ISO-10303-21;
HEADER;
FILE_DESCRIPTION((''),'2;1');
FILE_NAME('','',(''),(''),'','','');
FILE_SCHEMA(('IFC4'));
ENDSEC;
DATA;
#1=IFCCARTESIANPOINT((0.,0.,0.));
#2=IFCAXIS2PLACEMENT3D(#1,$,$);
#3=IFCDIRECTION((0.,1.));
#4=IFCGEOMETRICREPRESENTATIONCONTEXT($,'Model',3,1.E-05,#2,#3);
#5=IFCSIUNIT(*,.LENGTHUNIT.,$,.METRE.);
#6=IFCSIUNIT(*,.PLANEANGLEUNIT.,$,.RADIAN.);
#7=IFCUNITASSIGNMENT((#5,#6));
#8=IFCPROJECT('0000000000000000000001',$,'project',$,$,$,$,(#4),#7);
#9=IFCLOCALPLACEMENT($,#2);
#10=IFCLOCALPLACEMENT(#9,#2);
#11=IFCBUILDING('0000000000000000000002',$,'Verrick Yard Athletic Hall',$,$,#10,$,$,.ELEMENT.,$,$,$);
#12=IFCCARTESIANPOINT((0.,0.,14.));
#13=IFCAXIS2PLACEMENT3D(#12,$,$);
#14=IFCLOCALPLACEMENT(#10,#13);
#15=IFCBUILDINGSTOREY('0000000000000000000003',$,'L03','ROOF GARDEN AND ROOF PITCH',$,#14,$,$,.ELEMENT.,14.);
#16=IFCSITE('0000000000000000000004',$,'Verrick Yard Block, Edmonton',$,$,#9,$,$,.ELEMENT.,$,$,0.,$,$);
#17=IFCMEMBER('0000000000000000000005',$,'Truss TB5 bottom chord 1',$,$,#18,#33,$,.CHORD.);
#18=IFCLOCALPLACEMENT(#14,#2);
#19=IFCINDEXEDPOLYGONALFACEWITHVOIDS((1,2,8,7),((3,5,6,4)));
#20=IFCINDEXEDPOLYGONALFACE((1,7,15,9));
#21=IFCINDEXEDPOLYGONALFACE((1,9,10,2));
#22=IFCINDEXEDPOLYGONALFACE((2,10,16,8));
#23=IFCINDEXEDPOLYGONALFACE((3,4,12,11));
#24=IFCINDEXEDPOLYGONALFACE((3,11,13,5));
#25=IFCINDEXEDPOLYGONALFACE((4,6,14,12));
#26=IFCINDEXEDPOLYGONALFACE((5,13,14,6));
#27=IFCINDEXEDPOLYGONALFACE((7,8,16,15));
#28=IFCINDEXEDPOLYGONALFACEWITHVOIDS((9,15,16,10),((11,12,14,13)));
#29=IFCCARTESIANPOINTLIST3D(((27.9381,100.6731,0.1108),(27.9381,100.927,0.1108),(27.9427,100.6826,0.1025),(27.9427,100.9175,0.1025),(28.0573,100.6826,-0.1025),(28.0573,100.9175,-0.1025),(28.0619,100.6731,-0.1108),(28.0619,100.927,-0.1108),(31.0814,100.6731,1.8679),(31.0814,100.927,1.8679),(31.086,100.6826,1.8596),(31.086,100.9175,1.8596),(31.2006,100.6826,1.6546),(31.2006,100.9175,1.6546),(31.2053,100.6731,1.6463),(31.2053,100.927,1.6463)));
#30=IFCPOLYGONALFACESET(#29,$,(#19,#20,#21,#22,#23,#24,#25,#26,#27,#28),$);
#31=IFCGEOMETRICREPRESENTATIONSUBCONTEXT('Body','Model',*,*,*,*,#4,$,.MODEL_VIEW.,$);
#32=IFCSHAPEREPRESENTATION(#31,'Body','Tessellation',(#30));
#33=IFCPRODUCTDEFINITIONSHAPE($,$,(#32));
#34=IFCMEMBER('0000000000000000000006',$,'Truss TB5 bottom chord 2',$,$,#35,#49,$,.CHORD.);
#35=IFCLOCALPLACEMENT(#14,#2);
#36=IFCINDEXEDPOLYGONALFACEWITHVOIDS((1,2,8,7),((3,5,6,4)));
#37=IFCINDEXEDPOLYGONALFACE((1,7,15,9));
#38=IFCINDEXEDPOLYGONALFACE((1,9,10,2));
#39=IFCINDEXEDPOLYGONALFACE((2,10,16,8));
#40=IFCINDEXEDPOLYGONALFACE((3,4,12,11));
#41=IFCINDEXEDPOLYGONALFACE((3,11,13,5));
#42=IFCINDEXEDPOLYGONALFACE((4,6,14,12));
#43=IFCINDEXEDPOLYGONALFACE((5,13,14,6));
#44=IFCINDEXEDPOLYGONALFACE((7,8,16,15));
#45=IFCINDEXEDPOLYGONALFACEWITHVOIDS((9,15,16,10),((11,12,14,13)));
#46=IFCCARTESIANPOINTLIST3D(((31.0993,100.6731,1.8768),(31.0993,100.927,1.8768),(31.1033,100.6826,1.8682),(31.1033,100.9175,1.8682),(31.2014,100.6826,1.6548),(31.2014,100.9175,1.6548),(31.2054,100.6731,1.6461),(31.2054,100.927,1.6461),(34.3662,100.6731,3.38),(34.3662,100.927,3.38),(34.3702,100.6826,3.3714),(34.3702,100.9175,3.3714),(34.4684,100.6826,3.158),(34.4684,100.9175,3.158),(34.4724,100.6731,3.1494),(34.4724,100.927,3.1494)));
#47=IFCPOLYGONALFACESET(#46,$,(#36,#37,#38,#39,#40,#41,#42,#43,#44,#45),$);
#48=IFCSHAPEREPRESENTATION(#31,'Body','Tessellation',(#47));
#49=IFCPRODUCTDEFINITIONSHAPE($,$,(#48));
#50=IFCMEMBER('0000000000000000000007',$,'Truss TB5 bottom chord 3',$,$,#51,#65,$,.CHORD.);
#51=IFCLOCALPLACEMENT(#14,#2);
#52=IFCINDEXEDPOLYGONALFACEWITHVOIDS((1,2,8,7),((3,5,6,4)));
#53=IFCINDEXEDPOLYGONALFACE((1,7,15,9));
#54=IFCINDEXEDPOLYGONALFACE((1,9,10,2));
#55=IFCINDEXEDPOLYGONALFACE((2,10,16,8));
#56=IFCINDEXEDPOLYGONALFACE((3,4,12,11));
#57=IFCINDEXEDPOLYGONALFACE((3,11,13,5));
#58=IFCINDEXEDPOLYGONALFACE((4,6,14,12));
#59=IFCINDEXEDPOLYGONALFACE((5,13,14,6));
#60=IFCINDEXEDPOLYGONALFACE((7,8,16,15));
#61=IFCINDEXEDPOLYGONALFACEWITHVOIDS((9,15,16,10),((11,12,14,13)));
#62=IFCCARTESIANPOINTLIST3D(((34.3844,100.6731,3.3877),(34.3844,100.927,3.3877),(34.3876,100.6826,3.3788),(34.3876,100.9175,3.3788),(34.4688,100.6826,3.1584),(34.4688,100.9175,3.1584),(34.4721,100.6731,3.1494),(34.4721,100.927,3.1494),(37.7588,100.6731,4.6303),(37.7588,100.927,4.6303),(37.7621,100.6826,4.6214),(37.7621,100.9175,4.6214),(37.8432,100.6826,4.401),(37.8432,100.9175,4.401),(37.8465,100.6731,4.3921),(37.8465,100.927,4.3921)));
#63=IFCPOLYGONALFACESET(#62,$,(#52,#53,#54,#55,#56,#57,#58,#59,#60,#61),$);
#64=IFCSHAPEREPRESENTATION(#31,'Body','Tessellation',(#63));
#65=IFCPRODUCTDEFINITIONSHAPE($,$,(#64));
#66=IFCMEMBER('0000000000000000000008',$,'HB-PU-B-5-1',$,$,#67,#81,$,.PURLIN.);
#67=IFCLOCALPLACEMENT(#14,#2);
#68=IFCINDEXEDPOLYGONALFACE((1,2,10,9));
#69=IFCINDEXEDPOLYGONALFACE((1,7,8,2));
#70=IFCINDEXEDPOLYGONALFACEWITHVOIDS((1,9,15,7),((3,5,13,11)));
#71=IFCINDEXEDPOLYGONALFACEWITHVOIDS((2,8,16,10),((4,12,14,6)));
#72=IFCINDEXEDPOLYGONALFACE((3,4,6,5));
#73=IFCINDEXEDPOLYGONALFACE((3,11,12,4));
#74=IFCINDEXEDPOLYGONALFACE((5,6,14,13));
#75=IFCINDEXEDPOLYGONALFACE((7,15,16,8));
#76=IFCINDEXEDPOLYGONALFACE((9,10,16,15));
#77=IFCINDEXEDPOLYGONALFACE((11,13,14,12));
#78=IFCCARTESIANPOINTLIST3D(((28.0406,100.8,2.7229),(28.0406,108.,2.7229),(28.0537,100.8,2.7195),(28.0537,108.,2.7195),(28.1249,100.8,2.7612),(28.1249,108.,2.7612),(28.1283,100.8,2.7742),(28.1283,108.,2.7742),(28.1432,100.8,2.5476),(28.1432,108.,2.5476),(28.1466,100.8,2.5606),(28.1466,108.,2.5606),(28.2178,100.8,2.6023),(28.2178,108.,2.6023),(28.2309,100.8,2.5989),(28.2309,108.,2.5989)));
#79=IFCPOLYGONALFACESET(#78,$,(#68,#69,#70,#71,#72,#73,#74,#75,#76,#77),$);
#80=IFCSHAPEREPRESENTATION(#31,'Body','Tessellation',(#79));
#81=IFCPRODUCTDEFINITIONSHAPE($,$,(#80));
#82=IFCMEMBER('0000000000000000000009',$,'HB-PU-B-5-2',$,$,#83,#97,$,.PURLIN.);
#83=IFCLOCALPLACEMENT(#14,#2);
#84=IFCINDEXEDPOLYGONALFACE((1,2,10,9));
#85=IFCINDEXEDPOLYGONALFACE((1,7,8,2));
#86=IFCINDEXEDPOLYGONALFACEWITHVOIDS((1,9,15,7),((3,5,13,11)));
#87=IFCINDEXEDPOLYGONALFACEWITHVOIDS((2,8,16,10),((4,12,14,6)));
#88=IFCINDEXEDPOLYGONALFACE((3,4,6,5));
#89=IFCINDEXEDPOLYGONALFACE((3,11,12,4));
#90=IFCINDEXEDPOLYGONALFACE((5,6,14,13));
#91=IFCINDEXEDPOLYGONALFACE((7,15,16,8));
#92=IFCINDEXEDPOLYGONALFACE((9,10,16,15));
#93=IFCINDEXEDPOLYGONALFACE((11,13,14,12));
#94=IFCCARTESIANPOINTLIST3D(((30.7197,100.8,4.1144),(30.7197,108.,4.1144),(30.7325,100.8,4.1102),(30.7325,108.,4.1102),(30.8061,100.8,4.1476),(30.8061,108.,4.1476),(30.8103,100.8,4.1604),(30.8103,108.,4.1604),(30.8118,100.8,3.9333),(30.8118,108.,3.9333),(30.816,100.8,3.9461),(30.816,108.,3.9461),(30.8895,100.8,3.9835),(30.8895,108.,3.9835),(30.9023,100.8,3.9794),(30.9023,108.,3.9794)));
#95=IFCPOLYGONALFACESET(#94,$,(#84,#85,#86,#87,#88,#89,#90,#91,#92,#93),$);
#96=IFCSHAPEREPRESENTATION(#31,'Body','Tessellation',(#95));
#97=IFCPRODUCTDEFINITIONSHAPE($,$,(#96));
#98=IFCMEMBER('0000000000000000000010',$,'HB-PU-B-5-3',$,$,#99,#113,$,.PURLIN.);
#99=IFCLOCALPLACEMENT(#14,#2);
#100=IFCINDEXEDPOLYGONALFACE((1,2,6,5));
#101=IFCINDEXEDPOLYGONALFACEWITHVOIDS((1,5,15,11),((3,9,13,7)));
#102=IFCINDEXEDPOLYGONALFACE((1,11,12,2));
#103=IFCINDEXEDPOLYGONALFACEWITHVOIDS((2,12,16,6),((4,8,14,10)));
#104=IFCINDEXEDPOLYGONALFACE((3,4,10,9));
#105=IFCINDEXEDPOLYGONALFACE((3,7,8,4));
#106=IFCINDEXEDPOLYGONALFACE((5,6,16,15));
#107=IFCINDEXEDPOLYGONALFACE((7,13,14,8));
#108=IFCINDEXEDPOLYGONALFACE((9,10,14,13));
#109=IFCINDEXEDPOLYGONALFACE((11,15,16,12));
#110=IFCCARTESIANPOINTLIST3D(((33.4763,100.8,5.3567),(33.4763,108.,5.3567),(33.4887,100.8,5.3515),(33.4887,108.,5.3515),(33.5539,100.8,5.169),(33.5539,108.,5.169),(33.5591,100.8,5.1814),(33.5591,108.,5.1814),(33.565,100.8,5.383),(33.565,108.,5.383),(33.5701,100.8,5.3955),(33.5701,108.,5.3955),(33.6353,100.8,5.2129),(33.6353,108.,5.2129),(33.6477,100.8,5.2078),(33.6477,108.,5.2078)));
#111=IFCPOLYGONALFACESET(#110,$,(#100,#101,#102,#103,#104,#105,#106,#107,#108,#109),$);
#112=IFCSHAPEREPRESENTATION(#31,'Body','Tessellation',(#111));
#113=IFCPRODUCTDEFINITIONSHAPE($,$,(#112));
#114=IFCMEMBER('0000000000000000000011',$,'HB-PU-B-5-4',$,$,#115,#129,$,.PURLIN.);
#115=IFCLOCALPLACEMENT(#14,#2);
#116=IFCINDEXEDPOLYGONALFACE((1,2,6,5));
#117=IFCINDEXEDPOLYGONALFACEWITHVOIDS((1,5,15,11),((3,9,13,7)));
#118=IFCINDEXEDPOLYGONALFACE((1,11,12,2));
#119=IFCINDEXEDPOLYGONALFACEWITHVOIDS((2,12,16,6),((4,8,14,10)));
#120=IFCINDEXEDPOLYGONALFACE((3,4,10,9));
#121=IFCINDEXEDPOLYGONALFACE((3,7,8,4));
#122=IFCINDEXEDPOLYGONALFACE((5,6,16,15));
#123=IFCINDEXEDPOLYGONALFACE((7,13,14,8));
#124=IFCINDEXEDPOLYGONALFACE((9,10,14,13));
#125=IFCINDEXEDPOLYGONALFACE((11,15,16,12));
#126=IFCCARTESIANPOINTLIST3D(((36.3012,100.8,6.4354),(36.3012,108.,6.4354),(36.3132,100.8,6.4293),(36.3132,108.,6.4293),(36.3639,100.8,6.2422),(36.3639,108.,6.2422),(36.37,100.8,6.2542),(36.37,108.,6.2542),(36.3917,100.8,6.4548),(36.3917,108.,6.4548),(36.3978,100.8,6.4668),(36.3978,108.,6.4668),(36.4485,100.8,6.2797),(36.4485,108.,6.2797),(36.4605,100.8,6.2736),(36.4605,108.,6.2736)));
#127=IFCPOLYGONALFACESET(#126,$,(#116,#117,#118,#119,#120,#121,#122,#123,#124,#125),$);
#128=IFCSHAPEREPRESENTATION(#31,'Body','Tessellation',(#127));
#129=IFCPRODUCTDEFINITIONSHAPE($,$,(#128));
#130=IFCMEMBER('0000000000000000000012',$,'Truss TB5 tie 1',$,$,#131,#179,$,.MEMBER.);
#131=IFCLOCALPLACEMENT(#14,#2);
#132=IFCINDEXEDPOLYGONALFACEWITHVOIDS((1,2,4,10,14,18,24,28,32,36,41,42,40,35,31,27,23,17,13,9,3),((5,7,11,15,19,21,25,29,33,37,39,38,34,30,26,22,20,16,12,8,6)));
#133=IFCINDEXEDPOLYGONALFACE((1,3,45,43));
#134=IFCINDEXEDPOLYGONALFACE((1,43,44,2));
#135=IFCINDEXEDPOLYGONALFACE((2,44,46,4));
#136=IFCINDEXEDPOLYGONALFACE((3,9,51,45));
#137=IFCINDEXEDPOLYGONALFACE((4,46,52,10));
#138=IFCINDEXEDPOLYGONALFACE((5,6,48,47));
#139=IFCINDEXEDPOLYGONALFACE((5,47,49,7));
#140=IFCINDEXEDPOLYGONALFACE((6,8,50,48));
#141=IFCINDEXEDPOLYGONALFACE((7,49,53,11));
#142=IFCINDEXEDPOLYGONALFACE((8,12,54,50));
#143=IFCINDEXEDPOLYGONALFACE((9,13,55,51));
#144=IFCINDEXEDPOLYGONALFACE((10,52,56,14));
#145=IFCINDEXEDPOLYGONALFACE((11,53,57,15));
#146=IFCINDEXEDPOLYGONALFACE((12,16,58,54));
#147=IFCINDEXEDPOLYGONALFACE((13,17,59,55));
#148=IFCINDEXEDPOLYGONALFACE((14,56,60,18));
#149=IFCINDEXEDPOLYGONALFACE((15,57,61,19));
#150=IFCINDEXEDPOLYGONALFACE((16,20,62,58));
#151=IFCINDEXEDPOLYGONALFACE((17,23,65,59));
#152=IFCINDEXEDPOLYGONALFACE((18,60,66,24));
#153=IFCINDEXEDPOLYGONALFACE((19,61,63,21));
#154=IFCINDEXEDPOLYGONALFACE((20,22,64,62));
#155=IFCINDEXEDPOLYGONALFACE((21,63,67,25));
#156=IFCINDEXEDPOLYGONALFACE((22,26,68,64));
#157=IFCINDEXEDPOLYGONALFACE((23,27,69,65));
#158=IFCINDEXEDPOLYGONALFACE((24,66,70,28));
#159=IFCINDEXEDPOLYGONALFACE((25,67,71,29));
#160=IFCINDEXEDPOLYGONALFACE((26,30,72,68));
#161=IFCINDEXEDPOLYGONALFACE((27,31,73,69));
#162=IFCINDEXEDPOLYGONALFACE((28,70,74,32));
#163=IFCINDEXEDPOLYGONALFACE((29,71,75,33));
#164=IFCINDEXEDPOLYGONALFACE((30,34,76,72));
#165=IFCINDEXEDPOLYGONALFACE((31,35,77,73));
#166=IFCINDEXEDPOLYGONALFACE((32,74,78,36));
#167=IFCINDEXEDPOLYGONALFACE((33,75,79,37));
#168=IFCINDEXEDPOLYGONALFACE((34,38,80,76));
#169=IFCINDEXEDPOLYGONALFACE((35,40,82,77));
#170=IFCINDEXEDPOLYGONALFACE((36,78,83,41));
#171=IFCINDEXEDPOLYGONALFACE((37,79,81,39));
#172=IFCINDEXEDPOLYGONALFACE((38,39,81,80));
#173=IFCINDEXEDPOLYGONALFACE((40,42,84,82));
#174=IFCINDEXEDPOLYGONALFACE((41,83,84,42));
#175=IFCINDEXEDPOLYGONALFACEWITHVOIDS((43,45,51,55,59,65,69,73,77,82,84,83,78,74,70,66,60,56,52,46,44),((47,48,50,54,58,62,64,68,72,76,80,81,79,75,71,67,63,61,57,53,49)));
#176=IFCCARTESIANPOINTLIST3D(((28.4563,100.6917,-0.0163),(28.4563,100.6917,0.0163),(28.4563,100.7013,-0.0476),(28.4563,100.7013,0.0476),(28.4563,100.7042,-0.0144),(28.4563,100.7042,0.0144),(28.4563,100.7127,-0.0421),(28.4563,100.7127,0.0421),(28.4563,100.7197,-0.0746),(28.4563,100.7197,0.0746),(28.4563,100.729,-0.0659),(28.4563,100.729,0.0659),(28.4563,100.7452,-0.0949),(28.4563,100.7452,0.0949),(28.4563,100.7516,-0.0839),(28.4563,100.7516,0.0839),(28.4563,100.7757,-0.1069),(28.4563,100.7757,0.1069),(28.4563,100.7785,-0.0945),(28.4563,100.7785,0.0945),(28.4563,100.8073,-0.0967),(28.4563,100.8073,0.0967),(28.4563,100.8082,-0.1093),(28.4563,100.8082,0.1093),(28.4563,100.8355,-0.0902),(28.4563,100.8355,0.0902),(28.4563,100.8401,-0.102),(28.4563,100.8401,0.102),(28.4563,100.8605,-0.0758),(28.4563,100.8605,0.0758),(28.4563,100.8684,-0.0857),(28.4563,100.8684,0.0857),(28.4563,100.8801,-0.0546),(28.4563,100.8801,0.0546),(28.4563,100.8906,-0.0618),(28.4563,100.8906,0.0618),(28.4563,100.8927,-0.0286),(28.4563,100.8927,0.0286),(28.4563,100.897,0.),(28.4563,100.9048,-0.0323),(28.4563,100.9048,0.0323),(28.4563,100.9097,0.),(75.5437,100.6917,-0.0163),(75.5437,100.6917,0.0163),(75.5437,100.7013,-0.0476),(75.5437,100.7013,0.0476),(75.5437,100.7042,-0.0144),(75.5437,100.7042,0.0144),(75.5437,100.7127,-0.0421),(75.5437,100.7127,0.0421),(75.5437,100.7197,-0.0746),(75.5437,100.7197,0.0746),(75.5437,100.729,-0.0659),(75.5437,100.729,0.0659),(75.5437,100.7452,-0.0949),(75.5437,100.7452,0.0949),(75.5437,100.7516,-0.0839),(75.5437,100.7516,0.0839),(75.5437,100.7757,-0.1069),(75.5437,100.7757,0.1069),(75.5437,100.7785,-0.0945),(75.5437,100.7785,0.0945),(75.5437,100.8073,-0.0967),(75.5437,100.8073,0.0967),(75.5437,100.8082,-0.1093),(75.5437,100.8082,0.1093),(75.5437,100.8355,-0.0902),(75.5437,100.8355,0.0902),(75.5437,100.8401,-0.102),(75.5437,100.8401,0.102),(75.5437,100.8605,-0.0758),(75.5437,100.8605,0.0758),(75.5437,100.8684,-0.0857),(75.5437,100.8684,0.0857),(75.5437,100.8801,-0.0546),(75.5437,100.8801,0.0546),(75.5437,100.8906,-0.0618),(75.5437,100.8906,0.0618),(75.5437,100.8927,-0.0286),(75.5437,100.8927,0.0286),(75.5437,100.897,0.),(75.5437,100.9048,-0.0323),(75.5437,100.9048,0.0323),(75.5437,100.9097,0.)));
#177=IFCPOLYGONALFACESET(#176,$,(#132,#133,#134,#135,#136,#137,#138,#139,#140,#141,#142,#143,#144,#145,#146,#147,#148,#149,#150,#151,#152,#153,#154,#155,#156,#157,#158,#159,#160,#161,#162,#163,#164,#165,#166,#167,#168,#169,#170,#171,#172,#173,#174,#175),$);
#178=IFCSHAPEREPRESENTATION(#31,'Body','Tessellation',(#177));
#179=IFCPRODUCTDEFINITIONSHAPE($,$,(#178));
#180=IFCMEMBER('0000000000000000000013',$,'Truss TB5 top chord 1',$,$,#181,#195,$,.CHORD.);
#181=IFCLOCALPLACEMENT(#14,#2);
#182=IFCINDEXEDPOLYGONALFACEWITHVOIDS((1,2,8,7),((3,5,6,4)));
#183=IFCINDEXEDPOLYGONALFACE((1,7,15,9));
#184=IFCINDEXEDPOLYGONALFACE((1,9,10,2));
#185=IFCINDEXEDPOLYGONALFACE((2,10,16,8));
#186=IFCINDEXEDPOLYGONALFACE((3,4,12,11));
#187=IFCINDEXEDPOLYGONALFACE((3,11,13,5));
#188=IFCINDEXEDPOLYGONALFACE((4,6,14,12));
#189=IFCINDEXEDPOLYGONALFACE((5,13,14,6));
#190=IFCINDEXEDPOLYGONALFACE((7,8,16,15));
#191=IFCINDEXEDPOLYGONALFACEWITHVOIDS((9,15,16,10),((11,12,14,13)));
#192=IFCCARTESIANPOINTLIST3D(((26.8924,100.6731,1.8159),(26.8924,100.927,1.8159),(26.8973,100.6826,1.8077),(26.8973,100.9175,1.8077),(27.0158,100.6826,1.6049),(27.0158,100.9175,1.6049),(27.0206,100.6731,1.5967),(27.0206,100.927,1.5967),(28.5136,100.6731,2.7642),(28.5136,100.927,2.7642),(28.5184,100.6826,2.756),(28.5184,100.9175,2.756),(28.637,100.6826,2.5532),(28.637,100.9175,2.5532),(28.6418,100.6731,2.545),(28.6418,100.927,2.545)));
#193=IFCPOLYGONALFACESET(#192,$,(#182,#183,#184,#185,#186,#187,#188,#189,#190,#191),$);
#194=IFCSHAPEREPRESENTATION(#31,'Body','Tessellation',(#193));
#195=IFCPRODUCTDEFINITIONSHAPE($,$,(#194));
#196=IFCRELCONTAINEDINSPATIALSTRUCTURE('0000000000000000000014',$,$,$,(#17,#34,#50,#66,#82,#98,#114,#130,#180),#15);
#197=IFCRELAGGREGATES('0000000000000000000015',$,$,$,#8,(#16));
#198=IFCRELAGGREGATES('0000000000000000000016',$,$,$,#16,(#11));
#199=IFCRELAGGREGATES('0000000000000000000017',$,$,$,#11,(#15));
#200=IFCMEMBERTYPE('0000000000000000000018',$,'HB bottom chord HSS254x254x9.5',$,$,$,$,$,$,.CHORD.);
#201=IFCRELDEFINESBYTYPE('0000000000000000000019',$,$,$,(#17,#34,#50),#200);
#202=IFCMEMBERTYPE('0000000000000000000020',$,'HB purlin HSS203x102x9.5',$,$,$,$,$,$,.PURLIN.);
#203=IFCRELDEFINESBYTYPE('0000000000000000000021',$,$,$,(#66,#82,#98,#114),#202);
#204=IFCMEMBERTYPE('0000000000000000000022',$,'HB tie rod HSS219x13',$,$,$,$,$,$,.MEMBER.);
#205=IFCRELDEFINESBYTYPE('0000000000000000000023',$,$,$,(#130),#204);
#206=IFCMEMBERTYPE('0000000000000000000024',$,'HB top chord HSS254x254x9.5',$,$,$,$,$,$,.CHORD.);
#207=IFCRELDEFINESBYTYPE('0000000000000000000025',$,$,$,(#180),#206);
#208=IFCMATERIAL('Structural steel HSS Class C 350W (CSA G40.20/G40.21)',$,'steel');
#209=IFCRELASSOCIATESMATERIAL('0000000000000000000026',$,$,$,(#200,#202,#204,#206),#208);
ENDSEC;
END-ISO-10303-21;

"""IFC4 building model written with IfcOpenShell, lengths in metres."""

from ifc_helpers import new_model, si_unit, direction, frame, origin, origin_2d, place, context, subcontext, project, spatial, hollow_rectangle, hollow_circle, extrude, material, material_profile, profile_set, type_object, element, save


model = new_model("IFC4")

# Units and contexts
model_context = context("Model", 3, precision=1e-05, world=origin(), true_north=direction((0.0, 1.0)))
body_context = subcontext(model_context, "Body", "Model", "MODEL_VIEW")
ifc_project = project(units=[si_unit("LENGTHUNIT", "METRE"), si_unit("PLANEANGLEUNIT", "RADIAN")], contexts=[model_context])

# Site, building, storey
site_placement = place(None, origin())
site = spatial("IfcSite", under=ifc_project, at=site_placement, Name="Verrick Yard Block, Edmonton", CompositionType="ELEMENT", RefElevation=0.0)
building_placement = place(site_placement, origin())
building = spatial("IfcBuilding", under=site, at=building_placement, Name="Verrick Yard Athletic Hall", CompositionType="ELEMENT")
storey_placement = place(building_placement, frame((0.0, 0.0, 14.0)))
storey = spatial("IfcBuildingStorey", under=building, at=storey_placement, Name="L03", Description="ROOF GARDEN AND ROOF PITCH", CompositionType="ELEMENT", Elevation=14.0)

# Members
ifc_material_1 = material(Name="Structural steel HSS Class C 350W (CSA G40.20/G40.21)", Category="steel")
ifc_material_profile_1 = material_profile(ifc_material_1, hollow_rectangle(XDim=0.2539, YDim=0.2539, WallThickness=0.0095, at=origin_2d()), Name="HSS254x254x9.5")
ifc_profile_set_1 = profile_set([ifc_material_profile_1], Name="Structural steel HSS Class C 350W (CSA G40.20/G40.21)")
member_type_1 = type_object("IfcMemberType", Name="HB bottom chord HSS254x254x9.5", PredefinedType="CHORD", material=ifc_profile_set_1)
member_1_placement = place(storey_placement, frame((28.0, 100.8, 0.0), z_axis=(0.872881, 0.0, 0.487932), x_axis=(0.0, 1.0, 0.0)))
element("IfcMember", 1, at=member_1_placement, inside=storey, type_object=member_type_1, Name="Truss TB5 bottom chord 1", PredefinedType="CHORD", context=body_context, shape_type="SweptSolid", body=[
    extrude(hollow_rectangle(XDim=0.2539, YDim=0.2539, WallThickness=0.0095, at=origin_2d()), origin(), (0.0, 0.0, 1.0), 3.6011),
])
member_2_placement = place(storey_placement, frame((31.1523, 100.8, 1.7615), z_axis=(0.908446, 0.0, 0.418003), x_axis=(0.0, 1.0, 0.0)))
element("IfcMember", 2, at=member_2_placement, inside=storey, type_object=member_type_1, Name="Truss TB5 bottom chord 2", PredefinedType="CHORD", context=body_context, shape_type="SweptSolid", body=[
    extrude(hollow_rectangle(XDim=0.2539, YDim=0.2539, WallThickness=0.0095, at=origin_2d()), origin(), (0.0, 0.0, 1.0), 3.5962),
])
member_3_placement = place(storey_placement, frame((34.4282, 100.8, 3.2686), z_axis=(0.938394, 0.0, 0.345567), x_axis=(0.0, 1.0, 0.0)))
element("IfcMember", 3, at=member_3_placement, inside=storey, type_object=member_type_1, Name="Truss TB5 bottom chord 3", PredefinedType="CHORD", context=body_context, shape_type="SweptSolid", body=[
    extrude(hollow_rectangle(XDim=0.2539, YDim=0.2539, WallThickness=0.0095, at=origin_2d()), origin(), (0.0, 0.0, 1.0), 3.5959),
])
ifc_material_profile_2 = material_profile(ifc_material_1, hollow_rectangle(XDim=0.1016, YDim=0.2031, WallThickness=0.0095, at=origin_2d()), Name="HSS203x102x9.5")
ifc_profile_set_2 = profile_set([ifc_material_profile_2], Name="Structural steel HSS Class C 350W (CSA G40.20/G40.21)")
member_type_2 = type_object("IfcMemberType", Name="HB purlin HSS203x102x9.5", PredefinedType="PURLIN", material=ifc_profile_set_2)
for number, where, z_axis, x_axis, name in (
    (4, (28.1357, 100.8, 2.6609), (0.0, 1.0, 0.0), (-0.863168, 0.0, -0.504917), "HB-PU-B-5-1"),
    (5, (30.811, 100.8, 4.0469), (0.0, 1.0, 0.0), (-0.891353, 0.0, -0.45331), "HB-PU-B-5-2"),
    (6, (33.562, 100.8, 5.2822), (0.0, 1.0, 0.0), (-0.924123, 0.0, -0.382096), "HB-PU-B-5-3"),
    (7, (36.3809, 100.8, 6.3545), (0.0, 1.0, 0.0), (-0.951214, 0.0, -0.308533), "HB-PU-B-5-4"),
):
    element("IfcMember", number, at=place(storey_placement, frame(where, z_axis=z_axis, x_axis=x_axis)), inside=storey, type_object=member_type_2, Name=name, PredefinedType="PURLIN", context=body_context, shape_type="SweptSolid", body=[
        extrude(hollow_rectangle(XDim=0.1016, YDim=0.2031, WallThickness=0.0095, at=origin_2d()), origin(), (0.0, 0.0, 1.0), 7.2),
    ])
ifc_material_profile_3 = material_profile(ifc_material_1, hollow_circle(Radius=0.1096, WallThickness=0.0127, at=origin_2d()), Name="HSS219x13")
ifc_profile_set_3 = profile_set([ifc_material_profile_3], Name="Structural steel HSS Class C 350W (CSA G40.20/G40.21)")
member_type_3 = type_object("IfcMemberType", Name="HB tie rod HSS219x13", PredefinedType="MEMBER", material=ifc_profile_set_3)
member_4_placement = place(storey_placement, frame((28.4563, 100.8, 0.0), z_axis=(1.0, 0.0, 0.0), x_axis=(0.0, 1.0, 0.0)))
element("IfcMember", 8, at=member_4_placement, inside=storey, type_object=member_type_3, Name="Truss TB5 tie 1", PredefinedType="MEMBER", context=body_context, shape_type="SweptSolid", body=[
    extrude(hollow_circle(Radius=0.1096, WallThickness=0.0127, at=origin_2d()), origin(), (0.0, 0.0, 1.0), 47.0874),
])
ifc_material_profile_4 = material_profile(ifc_material_1, hollow_rectangle(XDim=0.2539, YDim=0.2539, WallThickness=0.0095, at=origin_2d()), Name="HSS254x254x9.5")
ifc_profile_set_4 = profile_set([ifc_material_profile_4], Name="Structural steel HSS Class C 350W (CSA G40.20/G40.21)")
member_type_4 = type_object("IfcMemberType", Name="HB top chord HSS254x254x9.5", PredefinedType="CHORD", material=ifc_profile_set_4)
member_5_placement = place(storey_placement, frame((26.9565, 100.8, 1.7063), z_axis=(0.863175, 0.0, 0.504905), x_axis=(0.0, 1.0, 0.0)))
element("IfcMember", 9, at=member_5_placement, inside=storey, type_object=member_type_4, Name="Truss TB5 top chord 1", PredefinedType="CHORD", context=body_context, shape_type="SweptSolid", body=[
    extrude(hollow_rectangle(XDim=0.2539, YDim=0.2539, WallThickness=0.0095, at=origin_2d()), origin(), (0.0, 0.0, 1.0), 1.8782),
])

save(model, "model.ifc")
